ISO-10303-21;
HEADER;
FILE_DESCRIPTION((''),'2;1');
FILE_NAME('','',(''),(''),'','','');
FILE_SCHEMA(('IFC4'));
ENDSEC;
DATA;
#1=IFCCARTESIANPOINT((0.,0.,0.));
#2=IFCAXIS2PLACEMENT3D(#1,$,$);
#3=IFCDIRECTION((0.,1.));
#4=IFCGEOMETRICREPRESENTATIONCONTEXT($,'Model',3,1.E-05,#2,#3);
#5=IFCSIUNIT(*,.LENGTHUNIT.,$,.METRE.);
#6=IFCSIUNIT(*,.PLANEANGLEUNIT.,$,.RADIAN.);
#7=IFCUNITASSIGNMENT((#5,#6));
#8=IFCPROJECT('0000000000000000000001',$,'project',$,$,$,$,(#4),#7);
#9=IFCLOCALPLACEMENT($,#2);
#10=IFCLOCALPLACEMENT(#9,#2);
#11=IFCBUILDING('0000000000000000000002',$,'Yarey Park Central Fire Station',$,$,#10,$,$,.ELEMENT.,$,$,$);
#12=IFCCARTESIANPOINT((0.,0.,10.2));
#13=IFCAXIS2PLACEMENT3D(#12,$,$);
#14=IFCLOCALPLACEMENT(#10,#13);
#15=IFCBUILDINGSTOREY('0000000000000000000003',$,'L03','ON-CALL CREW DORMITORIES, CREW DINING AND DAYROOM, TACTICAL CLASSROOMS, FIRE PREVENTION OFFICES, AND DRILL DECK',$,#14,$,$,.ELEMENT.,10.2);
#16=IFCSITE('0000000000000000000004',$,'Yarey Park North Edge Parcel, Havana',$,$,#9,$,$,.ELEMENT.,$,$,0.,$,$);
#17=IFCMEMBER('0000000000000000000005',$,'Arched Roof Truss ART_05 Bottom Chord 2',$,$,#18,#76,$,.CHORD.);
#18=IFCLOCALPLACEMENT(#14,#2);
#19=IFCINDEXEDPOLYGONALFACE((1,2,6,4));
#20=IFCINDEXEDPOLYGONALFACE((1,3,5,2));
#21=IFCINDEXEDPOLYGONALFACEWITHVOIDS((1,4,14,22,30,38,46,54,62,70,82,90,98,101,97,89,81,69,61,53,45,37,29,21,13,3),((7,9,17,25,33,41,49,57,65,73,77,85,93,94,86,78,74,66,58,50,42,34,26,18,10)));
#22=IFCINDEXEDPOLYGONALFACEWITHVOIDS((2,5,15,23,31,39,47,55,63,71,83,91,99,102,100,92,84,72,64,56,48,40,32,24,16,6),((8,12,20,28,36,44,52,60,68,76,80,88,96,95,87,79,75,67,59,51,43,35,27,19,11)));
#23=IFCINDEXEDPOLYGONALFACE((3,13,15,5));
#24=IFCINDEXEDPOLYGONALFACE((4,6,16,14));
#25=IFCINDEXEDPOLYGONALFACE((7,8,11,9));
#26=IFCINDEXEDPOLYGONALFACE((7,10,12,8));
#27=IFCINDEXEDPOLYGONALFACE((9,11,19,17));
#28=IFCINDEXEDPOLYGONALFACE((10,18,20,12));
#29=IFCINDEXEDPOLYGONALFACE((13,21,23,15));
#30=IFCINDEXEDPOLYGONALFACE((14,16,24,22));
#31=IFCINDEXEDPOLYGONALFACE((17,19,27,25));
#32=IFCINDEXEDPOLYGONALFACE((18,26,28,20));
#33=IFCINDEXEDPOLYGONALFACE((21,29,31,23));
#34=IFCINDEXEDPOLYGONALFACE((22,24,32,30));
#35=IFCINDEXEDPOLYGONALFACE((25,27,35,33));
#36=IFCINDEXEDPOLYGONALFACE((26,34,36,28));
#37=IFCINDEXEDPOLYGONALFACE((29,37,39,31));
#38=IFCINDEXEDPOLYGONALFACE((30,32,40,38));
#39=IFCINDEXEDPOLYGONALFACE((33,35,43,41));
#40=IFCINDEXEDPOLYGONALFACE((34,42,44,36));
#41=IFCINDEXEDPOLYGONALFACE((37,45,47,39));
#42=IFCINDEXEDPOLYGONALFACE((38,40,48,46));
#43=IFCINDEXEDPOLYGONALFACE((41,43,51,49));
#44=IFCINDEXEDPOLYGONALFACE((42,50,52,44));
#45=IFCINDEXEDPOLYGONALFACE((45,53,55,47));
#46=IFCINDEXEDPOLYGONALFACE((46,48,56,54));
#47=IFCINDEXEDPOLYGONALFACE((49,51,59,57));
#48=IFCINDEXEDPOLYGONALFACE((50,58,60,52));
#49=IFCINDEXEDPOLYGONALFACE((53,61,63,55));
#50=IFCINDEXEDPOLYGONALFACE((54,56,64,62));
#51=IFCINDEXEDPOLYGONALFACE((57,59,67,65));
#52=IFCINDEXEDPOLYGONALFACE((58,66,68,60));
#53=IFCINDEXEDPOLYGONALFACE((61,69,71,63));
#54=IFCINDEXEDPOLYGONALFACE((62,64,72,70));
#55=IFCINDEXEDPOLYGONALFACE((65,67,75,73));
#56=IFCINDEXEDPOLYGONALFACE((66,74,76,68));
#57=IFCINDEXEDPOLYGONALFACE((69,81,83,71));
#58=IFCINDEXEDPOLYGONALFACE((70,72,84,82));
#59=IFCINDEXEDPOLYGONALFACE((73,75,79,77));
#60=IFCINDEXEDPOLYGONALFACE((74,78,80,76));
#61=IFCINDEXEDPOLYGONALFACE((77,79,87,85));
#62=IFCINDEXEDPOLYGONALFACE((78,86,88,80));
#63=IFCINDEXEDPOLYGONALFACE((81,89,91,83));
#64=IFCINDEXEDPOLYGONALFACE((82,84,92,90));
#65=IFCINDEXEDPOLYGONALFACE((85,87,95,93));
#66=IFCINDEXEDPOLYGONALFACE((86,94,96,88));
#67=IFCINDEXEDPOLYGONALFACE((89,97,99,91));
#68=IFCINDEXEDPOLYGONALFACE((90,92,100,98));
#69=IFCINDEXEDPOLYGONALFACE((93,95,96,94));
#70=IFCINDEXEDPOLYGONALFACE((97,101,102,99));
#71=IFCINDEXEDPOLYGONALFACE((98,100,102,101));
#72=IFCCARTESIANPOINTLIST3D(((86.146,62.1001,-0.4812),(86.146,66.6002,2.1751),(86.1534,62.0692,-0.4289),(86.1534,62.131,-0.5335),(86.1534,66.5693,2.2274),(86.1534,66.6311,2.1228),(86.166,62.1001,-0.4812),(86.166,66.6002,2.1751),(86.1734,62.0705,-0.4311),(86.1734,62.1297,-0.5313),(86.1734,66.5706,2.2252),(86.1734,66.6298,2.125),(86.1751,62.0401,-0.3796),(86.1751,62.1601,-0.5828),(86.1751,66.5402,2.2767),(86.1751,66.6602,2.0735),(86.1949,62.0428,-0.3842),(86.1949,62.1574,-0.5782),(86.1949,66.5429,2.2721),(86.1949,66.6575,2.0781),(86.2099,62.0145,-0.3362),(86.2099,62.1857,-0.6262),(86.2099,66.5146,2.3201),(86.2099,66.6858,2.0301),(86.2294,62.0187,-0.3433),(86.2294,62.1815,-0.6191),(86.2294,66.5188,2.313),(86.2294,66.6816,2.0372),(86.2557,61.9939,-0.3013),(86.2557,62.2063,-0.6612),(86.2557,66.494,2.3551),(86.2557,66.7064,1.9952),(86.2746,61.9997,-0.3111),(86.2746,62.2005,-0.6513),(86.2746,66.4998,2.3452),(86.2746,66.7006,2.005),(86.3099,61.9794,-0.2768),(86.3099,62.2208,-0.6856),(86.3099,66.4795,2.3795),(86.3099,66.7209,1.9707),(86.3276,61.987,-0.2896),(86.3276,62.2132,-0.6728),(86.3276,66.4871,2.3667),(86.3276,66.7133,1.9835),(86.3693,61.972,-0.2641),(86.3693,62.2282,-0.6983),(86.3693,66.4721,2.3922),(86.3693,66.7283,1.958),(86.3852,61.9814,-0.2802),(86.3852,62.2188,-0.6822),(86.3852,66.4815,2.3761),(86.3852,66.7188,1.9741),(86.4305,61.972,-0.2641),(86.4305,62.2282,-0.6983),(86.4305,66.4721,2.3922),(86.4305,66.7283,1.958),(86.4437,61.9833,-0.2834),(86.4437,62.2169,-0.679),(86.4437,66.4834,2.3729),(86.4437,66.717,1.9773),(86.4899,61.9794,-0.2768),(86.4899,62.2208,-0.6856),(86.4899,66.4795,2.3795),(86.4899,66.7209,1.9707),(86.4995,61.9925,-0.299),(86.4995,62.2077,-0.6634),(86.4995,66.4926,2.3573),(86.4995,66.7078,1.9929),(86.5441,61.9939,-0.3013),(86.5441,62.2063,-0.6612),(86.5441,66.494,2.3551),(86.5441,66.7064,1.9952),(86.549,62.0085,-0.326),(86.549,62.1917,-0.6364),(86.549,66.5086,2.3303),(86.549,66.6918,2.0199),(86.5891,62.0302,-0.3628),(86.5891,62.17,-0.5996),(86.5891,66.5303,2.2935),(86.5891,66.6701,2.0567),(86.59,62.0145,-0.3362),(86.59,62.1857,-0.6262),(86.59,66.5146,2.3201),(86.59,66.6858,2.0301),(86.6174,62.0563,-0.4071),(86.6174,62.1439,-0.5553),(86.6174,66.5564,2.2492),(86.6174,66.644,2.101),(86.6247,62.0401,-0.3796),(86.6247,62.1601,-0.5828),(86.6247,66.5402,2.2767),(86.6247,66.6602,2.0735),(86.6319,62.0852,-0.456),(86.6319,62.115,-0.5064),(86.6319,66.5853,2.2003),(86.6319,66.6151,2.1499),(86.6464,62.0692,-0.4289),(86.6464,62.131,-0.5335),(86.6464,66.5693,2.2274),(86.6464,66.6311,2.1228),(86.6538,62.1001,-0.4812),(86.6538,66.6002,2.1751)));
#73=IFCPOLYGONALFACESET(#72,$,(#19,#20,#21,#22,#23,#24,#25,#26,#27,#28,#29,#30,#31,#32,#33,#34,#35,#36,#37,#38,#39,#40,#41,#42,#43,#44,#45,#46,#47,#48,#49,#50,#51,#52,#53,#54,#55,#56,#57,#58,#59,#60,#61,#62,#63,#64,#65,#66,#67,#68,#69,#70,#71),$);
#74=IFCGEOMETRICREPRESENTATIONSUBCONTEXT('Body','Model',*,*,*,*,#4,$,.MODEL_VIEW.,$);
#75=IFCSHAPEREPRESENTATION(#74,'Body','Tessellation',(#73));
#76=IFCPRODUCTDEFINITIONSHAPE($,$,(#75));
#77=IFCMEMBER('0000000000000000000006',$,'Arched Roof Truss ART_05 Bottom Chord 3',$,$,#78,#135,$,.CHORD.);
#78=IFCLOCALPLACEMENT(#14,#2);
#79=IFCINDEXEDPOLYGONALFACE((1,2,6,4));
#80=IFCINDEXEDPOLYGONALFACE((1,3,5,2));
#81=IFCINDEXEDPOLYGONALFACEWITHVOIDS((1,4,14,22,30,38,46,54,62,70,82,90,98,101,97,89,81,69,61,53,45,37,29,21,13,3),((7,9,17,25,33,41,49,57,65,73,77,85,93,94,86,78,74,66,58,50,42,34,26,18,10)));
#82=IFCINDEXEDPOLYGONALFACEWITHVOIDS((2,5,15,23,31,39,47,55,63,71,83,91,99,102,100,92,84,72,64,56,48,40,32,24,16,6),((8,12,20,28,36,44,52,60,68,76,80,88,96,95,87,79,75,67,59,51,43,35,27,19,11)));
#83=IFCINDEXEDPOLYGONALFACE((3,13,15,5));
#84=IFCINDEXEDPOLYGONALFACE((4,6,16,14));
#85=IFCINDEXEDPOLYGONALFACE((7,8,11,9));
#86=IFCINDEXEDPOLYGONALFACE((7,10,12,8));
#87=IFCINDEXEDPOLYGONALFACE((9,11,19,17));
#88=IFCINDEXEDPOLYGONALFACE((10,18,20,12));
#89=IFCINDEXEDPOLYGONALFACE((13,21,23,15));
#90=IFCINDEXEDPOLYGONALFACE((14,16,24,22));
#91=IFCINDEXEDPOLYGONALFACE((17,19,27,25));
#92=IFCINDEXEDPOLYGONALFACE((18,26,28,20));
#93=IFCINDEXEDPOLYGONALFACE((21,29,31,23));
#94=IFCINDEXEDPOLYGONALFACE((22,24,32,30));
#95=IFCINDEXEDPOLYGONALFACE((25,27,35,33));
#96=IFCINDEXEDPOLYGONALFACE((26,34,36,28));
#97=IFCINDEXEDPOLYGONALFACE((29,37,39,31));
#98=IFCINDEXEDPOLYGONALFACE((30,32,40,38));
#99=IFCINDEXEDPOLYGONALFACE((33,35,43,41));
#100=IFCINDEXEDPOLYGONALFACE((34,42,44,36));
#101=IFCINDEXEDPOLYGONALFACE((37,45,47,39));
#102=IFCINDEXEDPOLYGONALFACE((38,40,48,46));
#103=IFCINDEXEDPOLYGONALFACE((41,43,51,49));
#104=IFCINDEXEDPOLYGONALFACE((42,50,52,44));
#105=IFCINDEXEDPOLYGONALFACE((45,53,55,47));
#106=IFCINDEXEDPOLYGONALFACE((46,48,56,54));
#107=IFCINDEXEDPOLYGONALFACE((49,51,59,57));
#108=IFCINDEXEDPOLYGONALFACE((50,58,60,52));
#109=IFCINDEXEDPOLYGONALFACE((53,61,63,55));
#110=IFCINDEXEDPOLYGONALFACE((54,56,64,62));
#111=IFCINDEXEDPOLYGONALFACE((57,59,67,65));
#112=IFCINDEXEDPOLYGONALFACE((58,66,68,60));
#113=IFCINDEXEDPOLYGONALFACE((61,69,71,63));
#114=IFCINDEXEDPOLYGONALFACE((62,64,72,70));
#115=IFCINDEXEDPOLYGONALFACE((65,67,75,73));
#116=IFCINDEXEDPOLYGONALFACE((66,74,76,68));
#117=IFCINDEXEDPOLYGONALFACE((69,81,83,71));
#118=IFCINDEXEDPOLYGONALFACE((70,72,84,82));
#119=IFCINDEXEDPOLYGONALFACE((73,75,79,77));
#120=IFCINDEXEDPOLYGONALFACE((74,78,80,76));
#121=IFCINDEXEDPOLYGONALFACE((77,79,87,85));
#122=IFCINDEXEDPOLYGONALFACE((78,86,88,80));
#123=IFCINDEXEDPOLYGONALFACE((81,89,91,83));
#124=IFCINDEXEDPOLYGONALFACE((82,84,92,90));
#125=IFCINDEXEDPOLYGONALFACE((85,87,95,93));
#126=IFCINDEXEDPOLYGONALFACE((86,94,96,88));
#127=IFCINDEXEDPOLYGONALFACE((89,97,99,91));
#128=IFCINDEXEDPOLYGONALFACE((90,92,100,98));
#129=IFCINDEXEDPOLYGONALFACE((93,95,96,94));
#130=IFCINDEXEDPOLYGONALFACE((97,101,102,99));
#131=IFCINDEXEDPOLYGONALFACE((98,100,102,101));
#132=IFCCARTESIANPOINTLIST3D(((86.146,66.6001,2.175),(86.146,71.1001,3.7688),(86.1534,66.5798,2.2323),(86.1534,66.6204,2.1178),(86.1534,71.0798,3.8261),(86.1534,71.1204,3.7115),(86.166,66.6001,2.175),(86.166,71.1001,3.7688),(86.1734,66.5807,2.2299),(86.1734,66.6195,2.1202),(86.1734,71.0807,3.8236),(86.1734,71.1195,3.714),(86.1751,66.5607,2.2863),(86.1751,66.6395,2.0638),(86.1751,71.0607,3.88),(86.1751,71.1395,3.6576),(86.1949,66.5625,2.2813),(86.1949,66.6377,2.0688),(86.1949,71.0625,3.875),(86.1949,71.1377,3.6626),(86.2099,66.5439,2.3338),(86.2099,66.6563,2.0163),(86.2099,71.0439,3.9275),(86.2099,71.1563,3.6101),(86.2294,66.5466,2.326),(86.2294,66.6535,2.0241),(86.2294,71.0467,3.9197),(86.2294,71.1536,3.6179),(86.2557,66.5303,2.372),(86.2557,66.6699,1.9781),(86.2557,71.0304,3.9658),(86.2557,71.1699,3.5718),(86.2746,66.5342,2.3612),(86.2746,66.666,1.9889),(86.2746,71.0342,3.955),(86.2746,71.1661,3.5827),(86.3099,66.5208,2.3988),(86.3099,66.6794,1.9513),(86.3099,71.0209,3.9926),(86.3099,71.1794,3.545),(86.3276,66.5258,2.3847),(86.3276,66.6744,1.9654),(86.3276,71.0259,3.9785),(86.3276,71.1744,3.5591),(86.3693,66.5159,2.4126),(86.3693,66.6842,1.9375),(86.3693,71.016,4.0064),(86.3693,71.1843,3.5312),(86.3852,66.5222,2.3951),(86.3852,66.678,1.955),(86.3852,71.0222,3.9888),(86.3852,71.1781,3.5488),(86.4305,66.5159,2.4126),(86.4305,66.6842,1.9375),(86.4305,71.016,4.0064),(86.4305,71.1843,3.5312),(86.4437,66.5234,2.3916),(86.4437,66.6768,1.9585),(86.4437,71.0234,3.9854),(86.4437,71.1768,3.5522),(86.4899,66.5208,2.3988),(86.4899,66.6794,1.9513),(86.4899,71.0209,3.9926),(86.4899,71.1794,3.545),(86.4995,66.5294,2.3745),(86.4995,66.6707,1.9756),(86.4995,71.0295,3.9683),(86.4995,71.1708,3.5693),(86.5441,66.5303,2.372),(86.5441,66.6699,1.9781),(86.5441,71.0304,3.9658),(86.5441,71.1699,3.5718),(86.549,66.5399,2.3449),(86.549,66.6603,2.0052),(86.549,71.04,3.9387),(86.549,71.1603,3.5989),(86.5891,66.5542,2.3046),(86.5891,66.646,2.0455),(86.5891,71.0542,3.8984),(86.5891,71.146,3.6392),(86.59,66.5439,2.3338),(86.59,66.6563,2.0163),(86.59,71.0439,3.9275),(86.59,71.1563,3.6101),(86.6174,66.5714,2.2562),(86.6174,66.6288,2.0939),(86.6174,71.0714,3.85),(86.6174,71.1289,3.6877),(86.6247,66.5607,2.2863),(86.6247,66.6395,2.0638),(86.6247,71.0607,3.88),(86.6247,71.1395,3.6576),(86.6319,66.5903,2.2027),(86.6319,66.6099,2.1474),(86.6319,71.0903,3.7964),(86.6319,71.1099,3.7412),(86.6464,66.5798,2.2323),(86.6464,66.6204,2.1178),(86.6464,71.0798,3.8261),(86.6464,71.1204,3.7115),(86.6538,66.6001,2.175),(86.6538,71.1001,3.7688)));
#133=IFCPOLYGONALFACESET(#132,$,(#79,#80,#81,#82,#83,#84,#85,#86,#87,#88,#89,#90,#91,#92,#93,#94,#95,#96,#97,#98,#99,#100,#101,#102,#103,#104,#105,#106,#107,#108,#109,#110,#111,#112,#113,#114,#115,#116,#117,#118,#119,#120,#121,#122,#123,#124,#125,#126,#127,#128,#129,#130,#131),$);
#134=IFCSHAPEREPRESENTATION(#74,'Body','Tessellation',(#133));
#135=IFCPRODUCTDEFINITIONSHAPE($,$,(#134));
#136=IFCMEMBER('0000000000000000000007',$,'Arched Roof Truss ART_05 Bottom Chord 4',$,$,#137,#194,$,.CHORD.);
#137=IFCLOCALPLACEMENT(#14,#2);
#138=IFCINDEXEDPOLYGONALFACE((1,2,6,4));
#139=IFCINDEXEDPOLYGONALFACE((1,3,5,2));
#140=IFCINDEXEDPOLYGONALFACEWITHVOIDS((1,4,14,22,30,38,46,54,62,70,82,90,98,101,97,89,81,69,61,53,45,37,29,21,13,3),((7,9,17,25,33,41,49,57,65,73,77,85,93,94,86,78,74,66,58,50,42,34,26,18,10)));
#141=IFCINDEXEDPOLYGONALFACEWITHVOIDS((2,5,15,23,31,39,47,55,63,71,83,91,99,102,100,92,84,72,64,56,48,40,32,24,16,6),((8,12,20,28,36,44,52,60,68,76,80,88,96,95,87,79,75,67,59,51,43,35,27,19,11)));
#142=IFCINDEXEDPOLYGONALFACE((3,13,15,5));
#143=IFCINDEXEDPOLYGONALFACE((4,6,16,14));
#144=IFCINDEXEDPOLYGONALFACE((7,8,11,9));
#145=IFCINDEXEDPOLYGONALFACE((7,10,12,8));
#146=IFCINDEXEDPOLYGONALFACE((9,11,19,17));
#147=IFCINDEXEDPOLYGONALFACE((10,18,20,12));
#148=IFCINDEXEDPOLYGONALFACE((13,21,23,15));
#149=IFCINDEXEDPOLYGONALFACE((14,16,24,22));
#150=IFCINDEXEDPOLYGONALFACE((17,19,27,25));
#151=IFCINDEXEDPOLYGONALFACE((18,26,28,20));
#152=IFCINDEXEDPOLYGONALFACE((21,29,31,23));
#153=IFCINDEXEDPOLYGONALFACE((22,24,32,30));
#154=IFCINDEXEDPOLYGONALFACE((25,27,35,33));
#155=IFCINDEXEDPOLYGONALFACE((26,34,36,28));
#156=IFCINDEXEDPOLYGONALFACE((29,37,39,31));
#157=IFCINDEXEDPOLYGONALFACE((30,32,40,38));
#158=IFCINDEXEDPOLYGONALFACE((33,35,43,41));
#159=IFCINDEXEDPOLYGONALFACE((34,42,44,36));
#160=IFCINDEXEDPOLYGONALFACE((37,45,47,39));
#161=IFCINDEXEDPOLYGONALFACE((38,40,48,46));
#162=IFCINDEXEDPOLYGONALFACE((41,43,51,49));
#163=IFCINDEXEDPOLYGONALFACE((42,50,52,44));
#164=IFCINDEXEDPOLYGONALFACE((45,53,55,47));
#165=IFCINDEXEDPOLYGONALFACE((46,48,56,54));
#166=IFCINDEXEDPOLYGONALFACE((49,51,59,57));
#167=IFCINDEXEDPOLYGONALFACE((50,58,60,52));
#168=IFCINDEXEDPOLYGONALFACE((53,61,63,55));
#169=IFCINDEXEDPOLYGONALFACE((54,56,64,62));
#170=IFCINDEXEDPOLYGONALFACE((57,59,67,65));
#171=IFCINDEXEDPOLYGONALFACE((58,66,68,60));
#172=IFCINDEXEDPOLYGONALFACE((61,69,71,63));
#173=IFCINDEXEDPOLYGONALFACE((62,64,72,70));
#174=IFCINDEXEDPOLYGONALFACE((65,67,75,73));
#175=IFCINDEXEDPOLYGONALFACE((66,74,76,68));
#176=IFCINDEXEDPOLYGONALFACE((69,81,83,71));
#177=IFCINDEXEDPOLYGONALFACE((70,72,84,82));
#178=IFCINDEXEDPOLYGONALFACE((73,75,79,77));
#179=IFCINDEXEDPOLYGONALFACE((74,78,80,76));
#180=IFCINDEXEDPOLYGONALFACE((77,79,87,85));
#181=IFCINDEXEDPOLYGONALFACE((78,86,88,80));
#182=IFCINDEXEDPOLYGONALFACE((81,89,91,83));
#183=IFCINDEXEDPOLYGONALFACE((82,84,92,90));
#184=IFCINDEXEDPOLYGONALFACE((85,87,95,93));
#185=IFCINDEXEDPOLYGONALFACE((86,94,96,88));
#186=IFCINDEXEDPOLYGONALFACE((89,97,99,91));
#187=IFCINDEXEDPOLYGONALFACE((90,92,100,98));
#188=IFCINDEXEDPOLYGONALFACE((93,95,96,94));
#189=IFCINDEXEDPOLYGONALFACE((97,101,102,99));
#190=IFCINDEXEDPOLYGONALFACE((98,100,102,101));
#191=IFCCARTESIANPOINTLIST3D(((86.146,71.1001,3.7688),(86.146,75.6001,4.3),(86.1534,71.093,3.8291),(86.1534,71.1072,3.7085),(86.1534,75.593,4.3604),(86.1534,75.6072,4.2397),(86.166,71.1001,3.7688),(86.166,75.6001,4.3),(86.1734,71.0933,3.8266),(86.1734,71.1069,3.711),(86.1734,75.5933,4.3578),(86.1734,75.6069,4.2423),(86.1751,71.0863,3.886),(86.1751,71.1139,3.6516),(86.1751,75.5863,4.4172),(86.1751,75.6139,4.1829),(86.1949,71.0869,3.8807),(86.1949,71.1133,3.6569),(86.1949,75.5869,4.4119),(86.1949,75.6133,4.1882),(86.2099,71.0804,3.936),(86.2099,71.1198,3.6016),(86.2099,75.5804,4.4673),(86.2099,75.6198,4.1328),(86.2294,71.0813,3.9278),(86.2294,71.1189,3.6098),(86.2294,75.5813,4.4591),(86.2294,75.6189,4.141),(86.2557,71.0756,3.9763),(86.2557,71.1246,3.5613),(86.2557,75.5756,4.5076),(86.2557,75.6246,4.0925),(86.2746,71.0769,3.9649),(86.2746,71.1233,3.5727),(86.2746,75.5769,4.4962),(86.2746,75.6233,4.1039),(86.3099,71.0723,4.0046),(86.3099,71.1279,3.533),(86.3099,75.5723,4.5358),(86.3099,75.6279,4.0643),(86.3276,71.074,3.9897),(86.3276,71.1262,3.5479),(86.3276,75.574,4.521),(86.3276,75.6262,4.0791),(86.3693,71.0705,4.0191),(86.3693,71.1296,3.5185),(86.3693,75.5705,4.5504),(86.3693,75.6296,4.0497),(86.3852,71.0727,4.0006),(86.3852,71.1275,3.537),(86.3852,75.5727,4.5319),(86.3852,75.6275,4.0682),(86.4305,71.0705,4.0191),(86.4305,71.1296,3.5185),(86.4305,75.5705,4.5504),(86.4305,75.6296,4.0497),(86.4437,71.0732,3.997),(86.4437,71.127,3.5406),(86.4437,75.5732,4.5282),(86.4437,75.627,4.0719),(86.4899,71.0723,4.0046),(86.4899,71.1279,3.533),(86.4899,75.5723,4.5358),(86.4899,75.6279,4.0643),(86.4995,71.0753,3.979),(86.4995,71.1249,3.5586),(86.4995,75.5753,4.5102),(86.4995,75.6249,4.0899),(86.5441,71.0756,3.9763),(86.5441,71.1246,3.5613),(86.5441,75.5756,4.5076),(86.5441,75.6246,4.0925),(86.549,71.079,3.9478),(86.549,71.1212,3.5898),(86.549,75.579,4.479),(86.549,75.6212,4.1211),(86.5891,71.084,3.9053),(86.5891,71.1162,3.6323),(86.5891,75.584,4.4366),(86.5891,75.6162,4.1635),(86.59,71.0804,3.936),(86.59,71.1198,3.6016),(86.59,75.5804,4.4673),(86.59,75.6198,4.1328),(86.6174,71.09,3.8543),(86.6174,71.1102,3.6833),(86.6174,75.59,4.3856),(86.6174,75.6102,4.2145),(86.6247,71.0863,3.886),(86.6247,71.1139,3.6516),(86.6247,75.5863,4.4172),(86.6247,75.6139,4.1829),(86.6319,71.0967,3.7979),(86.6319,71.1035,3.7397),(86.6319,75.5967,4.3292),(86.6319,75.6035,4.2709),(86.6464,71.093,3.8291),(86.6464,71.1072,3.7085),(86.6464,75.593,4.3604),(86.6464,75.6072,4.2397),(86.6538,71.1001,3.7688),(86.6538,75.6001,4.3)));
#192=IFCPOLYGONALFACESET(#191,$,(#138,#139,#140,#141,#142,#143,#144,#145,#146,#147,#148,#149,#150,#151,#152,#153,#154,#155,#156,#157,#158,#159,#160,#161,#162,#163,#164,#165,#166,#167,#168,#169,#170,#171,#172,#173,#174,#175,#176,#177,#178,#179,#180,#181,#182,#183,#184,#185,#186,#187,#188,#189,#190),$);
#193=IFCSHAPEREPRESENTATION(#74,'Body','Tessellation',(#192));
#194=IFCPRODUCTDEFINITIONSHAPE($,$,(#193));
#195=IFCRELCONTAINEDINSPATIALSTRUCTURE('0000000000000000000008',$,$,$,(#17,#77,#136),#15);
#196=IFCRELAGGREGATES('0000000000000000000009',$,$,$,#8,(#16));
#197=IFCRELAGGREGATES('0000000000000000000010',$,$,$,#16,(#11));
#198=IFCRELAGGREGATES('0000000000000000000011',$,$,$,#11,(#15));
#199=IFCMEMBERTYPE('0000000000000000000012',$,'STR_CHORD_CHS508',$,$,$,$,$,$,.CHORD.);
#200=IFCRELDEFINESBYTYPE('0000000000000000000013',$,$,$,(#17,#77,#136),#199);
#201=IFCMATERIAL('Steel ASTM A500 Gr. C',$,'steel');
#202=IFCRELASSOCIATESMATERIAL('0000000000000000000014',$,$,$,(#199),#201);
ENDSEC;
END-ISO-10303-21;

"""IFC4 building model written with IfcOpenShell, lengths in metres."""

from ifc_helpers import new_model, si_unit, direction, frame, origin, origin_2d, place, context, subcontext, project, spatial, hollow_circle, extrude, material, material_profile, profile_set, type_object, element, save


model = new_model("IFC4")

# Units and contexts
model_context = context("Model", 3, precision=1e-05, world=origin(), true_north=direction((0.0, 1.0)))
body_context = subcontext(model_context, "Body", "Model", "MODEL_VIEW")
ifc_project = project(units=[si_unit("LENGTHUNIT", "METRE"), si_unit("PLANEANGLEUNIT", "RADIAN")], contexts=[model_context])

# Site, building, storey
site_placement = place(None, origin())
site = spatial("IfcSite", under=ifc_project, at=site_placement, Name="Yarey Park North Edge Parcel, Havana", CompositionType="ELEMENT", RefElevation=0.0)
building_placement = place(site_placement, origin())
building = spatial("IfcBuilding", under=site, at=building_placement, Name="Yarey Park Central Fire Station", CompositionType="ELEMENT")
storey_placement = place(building_placement, frame((0.0, 0.0, 10.2)))
storey = spatial("IfcBuildingStorey", under=building, at=storey_placement, Name="L03", Description="ON-CALL CREW DORMITORIES, CREW DINING AND DAYROOM, TACTICAL CLASSROOMS, FIRE PREVENTION OFFICES, AND DRILL DECK", CompositionType="ELEMENT", Elevation=10.2)

# Members
ifc_material_1 = material(Name="Steel ASTM A500 Gr. C", Category="steel")
ifc_material_profile_1 = material_profile(ifc_material_1, hollow_circle(Radius=0.2539, WallThickness=0.02, at=origin_2d()), Name="CHS 508x20")
ifc_profile_set_1 = profile_set([ifc_material_profile_1], Name="Steel ASTM A500 Gr. C")
member_type_1 = type_object("IfcMemberType", Name="STR_CHORD_CHS508", PredefinedType="CHORD", material=ifc_profile_set_1)
member_1_placement = place(storey_placement, frame((86.3999, 62.1001, -0.4812), z_axis=(0.0, 0.861165, 0.508326), x_axis=(-1.0, 0.0, 0.0)))
element("IfcMember", 1, at=member_1_placement, inside=storey, type_object=member_type_1, Name="Arched Roof Truss ART_05 Bottom Chord 2", PredefinedType="CHORD", context=body_context, shape_type="SweptSolid", body=[
    extrude(hollow_circle(Radius=0.2539, WallThickness=0.02, at=origin_2d()), origin(), (0.0, 0.0, 1.0), 5.2256),
])
member_2_placement = place(storey_placement, frame((86.3999, 66.6001, 2.175), z_axis=(0.0, 0.942627, 0.333847), x_axis=(-1.0, 0.0, 0.0)))
element("IfcMember", 2, at=member_2_placement, inside=storey, type_object=member_type_1, Name="Arched Roof Truss ART_05 Bottom Chord 3", PredefinedType="CHORD", context=body_context, shape_type="SweptSolid", body=[
    extrude(hollow_circle(Radius=0.2539, WallThickness=0.02, at=origin_2d()), origin(), (0.0, 0.0, 1.0), 4.7739),
])
member_3_placement = place(storey_placement, frame((86.3999, 71.1001, 3.7688), z_axis=(0.0, 0.993103, 0.117241), x_axis=(-1.0, 0.0, 0.0)))
element("IfcMember", 3, at=member_3_placement, inside=storey, type_object=member_type_1, Name="Arched Roof Truss ART_05 Bottom Chord 4", PredefinedType="CHORD", context=body_context, shape_type="SweptSolid", body=[
    extrude(hollow_circle(Radius=0.2539, WallThickness=0.02, at=origin_2d()), origin(), (0.0, 0.0, 1.0), 4.5312),
])

save(model, "model.ifc")
